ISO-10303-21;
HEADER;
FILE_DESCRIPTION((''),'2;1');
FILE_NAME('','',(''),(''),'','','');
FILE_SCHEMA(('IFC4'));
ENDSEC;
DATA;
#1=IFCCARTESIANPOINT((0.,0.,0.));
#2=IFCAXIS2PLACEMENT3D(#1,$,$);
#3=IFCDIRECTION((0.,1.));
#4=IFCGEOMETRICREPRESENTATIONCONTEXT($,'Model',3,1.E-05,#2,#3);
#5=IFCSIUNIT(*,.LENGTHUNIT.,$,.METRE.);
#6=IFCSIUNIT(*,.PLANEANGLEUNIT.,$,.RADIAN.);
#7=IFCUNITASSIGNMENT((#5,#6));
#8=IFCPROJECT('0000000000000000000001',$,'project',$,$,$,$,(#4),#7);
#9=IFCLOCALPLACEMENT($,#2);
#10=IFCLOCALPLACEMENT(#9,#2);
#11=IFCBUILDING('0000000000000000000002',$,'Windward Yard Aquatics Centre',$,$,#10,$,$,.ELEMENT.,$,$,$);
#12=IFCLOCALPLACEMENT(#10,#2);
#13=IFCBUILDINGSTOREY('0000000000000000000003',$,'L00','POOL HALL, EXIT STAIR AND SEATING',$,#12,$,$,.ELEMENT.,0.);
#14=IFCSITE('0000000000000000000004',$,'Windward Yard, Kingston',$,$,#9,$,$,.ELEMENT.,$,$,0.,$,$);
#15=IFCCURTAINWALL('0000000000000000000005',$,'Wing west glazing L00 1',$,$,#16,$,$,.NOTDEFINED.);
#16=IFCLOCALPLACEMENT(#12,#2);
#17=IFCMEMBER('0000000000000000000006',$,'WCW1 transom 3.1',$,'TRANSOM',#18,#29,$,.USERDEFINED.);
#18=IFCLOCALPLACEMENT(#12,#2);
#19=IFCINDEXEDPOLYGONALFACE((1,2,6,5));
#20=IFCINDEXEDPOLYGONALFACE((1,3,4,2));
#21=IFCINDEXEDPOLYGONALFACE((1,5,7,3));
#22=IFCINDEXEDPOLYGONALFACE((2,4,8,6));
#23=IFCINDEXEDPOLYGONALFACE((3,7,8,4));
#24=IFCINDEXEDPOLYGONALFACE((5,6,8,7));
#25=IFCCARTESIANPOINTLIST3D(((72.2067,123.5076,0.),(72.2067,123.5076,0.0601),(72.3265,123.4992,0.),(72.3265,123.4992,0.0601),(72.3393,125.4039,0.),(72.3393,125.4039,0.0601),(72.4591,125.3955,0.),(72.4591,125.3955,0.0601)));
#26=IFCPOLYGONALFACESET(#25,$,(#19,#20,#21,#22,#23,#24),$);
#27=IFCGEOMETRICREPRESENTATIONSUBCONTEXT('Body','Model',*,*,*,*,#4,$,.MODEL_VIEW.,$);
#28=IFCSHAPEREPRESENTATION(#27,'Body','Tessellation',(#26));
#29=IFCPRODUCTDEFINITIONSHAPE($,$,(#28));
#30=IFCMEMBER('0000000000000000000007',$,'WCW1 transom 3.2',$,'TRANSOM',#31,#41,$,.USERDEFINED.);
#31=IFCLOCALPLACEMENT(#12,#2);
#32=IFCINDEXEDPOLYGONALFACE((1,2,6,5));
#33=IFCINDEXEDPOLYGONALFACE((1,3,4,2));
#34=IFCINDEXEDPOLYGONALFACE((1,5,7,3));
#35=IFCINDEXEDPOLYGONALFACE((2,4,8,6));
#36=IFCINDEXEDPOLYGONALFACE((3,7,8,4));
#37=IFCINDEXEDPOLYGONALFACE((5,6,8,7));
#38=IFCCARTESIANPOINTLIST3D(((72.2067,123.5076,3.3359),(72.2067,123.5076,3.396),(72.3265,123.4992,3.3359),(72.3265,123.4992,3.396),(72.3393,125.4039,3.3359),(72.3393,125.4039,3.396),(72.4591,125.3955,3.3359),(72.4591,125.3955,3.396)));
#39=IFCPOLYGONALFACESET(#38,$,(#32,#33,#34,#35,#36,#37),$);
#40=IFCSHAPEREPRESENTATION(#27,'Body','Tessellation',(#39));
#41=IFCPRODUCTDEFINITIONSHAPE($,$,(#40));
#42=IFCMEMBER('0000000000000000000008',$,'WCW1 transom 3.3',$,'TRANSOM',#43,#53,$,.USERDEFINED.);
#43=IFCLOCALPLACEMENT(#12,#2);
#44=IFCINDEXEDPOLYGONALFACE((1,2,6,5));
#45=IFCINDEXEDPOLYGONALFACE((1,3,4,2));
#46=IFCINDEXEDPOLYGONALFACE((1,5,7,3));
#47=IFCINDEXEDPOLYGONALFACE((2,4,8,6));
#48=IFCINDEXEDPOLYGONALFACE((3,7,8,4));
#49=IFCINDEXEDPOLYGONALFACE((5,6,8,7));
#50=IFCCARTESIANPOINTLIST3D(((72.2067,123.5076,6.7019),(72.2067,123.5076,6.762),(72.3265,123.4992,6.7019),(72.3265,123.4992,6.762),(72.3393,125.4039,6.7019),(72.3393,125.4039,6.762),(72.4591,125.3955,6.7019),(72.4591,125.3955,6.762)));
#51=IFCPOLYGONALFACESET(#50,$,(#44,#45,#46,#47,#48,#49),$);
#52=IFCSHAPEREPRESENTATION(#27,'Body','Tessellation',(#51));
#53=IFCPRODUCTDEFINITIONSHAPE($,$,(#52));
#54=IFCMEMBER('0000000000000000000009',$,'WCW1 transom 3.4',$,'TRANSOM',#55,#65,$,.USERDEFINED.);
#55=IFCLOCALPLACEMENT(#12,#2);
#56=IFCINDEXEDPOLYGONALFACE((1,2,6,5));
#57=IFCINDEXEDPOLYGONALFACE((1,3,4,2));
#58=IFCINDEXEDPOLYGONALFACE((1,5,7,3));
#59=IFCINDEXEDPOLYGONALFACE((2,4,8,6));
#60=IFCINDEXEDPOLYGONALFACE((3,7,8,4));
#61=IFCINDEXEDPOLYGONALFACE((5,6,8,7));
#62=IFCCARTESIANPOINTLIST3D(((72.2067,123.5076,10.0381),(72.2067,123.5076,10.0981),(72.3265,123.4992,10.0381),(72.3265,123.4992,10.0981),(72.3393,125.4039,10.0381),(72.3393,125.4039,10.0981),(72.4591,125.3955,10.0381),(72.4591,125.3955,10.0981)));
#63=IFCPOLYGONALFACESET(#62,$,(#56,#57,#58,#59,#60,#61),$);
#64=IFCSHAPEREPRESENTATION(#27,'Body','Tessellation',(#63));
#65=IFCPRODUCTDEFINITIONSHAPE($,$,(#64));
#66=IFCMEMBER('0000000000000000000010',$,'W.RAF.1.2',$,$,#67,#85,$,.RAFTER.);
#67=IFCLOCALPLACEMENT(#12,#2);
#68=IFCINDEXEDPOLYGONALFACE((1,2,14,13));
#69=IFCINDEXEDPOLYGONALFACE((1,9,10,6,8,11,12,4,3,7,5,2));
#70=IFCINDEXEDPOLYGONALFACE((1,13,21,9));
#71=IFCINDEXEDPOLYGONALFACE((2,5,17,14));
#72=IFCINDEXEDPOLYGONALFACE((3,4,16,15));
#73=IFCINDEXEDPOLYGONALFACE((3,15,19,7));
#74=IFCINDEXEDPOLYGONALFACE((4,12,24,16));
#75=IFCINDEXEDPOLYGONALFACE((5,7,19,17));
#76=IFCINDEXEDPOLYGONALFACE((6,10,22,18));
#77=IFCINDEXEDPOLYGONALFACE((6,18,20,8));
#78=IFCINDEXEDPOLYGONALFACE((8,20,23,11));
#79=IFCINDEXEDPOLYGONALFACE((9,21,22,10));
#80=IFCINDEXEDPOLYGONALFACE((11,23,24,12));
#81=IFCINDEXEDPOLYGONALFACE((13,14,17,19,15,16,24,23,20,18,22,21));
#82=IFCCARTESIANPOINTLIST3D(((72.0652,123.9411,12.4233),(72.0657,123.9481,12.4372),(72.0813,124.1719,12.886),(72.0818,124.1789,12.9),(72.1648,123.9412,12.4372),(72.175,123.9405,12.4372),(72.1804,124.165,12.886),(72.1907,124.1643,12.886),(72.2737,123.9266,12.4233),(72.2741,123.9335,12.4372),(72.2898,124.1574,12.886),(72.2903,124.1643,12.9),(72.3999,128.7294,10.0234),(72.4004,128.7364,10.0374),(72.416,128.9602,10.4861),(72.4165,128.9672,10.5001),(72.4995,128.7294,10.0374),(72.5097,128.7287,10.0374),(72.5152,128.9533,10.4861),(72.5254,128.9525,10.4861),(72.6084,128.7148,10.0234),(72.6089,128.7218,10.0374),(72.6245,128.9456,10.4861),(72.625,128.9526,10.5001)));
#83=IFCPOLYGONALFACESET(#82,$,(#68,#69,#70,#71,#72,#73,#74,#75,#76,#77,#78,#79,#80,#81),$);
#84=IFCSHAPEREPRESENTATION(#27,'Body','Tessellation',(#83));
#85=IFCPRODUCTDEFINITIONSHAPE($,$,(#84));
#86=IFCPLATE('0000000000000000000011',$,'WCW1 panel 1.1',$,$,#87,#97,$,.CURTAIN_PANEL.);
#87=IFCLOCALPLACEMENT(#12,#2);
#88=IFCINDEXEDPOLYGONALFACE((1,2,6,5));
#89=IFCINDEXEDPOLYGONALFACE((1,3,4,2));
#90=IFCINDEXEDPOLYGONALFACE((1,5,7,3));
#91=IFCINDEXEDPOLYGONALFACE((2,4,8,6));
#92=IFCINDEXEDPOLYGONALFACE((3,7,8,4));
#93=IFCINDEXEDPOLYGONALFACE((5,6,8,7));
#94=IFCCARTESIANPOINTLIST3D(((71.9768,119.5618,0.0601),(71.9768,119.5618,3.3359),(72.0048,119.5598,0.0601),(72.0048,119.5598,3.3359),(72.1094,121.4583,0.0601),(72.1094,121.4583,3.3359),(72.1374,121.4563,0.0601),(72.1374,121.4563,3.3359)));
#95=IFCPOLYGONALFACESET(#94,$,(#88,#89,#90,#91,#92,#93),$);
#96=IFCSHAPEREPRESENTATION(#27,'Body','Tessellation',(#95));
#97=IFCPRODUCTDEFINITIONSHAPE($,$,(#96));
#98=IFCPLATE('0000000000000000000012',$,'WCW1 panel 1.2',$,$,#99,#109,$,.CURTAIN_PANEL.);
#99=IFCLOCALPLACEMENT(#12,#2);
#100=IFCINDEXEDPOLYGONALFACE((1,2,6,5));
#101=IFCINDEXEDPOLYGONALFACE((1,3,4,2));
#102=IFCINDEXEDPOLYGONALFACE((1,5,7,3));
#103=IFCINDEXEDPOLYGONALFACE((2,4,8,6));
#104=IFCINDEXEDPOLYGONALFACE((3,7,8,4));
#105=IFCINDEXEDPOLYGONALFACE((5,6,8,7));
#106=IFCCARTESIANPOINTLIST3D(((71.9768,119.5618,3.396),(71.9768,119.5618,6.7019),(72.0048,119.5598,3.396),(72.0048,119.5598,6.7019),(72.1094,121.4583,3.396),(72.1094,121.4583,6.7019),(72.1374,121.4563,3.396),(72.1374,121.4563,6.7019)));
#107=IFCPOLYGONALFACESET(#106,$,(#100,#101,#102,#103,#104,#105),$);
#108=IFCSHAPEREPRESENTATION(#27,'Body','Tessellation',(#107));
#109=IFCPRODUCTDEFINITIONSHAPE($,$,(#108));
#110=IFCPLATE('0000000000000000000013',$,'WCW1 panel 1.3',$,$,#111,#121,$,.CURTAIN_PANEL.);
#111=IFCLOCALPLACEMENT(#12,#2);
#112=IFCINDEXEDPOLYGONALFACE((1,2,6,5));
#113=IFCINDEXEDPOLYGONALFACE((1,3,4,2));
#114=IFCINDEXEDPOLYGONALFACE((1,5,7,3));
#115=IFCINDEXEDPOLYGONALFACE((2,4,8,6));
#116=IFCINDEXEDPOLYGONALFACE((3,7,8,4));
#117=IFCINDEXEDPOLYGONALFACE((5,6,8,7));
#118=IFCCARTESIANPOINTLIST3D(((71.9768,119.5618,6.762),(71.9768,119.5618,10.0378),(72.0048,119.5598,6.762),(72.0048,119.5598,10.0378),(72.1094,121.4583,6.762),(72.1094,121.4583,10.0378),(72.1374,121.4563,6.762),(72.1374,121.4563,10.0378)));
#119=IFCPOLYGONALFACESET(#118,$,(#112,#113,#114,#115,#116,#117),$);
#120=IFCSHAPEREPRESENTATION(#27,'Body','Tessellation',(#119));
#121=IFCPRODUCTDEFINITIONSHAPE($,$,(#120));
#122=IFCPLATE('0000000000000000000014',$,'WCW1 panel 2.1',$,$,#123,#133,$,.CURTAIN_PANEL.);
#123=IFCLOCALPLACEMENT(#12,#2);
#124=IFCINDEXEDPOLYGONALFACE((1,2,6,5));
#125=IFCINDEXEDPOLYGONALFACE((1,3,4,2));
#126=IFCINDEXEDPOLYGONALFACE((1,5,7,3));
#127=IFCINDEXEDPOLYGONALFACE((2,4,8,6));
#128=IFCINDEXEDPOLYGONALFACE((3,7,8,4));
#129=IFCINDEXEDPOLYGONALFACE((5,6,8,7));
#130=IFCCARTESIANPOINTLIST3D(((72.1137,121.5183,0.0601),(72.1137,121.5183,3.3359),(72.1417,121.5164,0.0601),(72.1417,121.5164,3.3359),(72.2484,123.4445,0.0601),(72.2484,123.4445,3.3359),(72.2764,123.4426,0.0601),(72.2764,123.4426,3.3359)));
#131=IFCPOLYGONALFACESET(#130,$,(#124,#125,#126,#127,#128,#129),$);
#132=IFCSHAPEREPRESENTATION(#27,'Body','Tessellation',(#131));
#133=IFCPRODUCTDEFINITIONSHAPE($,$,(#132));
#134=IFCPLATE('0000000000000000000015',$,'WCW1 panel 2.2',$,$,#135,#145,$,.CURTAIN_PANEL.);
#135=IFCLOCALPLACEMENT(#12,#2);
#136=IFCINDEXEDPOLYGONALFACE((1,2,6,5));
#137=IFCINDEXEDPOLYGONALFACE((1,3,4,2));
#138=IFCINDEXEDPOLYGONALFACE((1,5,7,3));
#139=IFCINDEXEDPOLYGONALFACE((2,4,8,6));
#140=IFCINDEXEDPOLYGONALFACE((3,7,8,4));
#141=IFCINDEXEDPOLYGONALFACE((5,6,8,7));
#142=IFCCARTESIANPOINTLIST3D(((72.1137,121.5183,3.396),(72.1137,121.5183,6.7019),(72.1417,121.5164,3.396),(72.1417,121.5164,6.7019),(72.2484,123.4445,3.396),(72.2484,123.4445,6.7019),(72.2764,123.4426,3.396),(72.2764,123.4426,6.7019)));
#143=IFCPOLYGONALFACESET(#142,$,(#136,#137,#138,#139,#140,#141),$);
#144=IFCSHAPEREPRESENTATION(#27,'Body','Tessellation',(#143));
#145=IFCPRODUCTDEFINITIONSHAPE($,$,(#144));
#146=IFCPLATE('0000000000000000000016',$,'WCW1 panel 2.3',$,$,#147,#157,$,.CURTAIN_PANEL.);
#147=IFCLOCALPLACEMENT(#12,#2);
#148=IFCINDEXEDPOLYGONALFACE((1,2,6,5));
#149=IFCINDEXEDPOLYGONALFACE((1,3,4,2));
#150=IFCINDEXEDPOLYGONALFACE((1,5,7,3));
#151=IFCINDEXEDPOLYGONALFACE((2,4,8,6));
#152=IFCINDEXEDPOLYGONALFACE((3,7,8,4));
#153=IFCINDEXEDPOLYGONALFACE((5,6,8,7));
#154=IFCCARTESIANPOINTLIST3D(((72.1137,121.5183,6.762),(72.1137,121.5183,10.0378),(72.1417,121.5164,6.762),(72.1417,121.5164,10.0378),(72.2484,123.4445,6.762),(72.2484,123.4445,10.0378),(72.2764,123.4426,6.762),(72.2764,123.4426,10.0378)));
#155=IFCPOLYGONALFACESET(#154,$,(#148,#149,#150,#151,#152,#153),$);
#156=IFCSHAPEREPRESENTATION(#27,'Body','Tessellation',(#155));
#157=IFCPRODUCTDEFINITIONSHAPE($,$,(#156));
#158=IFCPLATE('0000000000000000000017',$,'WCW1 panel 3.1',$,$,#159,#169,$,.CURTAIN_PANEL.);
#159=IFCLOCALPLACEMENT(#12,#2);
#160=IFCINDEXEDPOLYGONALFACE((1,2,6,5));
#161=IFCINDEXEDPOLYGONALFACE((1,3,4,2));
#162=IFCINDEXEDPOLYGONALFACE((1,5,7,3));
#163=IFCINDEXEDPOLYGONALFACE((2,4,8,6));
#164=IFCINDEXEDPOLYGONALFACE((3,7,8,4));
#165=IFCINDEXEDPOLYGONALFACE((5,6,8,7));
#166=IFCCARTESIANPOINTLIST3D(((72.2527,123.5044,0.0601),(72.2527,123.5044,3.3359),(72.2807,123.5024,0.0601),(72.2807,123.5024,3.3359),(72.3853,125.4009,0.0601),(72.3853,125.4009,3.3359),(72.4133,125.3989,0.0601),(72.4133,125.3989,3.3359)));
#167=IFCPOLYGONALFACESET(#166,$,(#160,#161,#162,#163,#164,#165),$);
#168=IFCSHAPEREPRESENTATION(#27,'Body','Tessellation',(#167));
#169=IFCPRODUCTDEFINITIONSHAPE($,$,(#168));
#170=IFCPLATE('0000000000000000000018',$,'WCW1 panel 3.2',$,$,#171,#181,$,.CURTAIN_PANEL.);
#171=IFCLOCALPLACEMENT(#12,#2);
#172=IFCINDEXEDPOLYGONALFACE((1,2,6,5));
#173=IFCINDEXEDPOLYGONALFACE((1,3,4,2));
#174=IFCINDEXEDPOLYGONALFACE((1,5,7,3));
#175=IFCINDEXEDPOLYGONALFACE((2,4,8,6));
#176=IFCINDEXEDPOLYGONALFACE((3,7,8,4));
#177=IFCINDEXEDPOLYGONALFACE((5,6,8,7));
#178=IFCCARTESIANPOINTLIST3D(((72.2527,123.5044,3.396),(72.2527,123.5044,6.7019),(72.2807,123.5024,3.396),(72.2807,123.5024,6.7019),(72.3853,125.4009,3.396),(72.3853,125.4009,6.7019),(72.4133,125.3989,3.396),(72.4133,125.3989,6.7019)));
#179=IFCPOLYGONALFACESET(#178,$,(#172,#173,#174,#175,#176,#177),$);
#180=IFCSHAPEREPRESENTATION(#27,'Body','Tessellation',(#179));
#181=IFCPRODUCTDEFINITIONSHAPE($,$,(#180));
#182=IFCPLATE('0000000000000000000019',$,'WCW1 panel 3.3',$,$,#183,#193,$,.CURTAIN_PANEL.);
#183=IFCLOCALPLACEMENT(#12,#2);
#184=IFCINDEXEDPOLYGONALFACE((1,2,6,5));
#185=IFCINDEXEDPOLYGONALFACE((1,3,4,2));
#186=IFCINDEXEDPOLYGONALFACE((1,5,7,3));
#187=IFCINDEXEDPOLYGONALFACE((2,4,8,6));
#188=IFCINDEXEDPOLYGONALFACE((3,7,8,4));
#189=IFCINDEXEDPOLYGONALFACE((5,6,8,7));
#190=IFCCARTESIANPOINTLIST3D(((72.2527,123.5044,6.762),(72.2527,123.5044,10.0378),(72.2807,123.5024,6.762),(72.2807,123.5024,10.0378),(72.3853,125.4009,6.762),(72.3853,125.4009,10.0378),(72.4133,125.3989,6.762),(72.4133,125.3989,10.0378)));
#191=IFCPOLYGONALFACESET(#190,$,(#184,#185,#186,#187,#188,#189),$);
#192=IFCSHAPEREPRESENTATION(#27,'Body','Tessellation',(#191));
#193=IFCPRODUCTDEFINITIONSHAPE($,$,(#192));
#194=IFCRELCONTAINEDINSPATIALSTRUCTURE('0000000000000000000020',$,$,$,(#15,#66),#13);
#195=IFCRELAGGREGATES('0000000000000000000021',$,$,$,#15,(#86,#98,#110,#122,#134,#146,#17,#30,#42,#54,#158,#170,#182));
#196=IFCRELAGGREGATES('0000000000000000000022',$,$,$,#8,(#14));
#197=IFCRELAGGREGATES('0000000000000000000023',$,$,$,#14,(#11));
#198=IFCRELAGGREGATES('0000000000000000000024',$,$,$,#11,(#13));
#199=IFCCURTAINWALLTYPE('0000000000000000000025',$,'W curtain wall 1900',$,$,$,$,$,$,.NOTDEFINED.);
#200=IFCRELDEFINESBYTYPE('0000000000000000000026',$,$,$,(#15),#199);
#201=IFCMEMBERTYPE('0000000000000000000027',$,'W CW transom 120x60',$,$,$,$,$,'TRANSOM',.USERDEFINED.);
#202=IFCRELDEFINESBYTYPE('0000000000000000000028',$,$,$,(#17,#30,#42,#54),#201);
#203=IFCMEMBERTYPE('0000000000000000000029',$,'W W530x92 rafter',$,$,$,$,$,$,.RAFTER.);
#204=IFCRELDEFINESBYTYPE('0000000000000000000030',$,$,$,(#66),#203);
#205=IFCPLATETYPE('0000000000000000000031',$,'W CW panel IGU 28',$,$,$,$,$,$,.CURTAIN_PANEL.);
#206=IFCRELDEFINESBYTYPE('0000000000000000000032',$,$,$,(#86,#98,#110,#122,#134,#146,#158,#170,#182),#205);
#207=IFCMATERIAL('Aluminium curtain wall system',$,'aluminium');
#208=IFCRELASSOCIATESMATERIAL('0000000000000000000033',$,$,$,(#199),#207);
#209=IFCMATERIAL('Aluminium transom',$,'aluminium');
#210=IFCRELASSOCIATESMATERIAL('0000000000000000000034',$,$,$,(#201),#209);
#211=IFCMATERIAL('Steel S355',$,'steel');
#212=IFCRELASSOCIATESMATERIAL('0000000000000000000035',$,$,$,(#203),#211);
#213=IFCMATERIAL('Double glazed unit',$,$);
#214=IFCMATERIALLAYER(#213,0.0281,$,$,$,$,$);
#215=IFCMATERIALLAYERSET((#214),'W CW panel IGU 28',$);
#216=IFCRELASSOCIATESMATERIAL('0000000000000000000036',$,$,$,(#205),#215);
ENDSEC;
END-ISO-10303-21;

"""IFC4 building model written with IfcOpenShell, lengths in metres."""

from ifc_helpers import new_model, si_unit, direction, frame, origin, origin_2d, place, context, subcontext, project, spatial, rectangle, i_section, extrude, material, layer, layer_set, material_profile, profile_set, type_object, element, aggregate, save


model = new_model("IFC4")

# Units and contexts
model_context = context("Model", 3, precision=1e-05, world=origin(), true_north=direction((0.0, 1.0)))
body_context = subcontext(model_context, "Body", "Model", "MODEL_VIEW")
ifc_project = project(units=[si_unit("LENGTHUNIT", "METRE"), si_unit("PLANEANGLEUNIT", "RADIAN")], contexts=[model_context])

# Site, building, storey
site_placement = place(None, origin())
site = spatial("IfcSite", under=ifc_project, at=site_placement, Name="Windward Yard, Kingston", CompositionType="ELEMENT", RefElevation=0.0)
building_placement = place(site_placement, origin())
building = spatial("IfcBuilding", under=site, at=building_placement, Name="Windward Yard Aquatics Centre", CompositionType="ELEMENT")
storey_placement = place(building_placement, origin())
storey = spatial("IfcBuildingStorey", under=building, at=storey_placement, Name="L00", Description="POOL HALL, EXIT STAIR AND SEATING", CompositionType="ELEMENT", Elevation=0.0)

# Shared definitions
ifc_material_1 = material(Name="Steel S355", Category="steel")

# Curtain wall, members
ifc_material_2 = material(Name="Aluminium curtain wall system", Category="aluminium")
curtain_wall_type = type_object("IfcCurtainWallType", Name="W curtain wall 1900", PredefinedType="NOTDEFINED", material=ifc_material_2)
curtain_wall_placement = place(storey_placement, origin())
curtain_wall = element("IfcCurtainWall", 1, at=curtain_wall_placement, inside=storey, type_object=curtain_wall_type, Name="Wing west glazing L00 1", PredefinedType="NOTDEFINED")
ifc_material_3 = material(Name="Aluminium transom", Category="aluminium")
ifc_material_profile_1 = material_profile(ifc_material_3, rectangle(XDim=0.1201, YDim=0.0601, at=origin_2d()), Name="AL 120x60")
ifc_profile_set_1 = profile_set([ifc_material_profile_1], Name="Aluminium transom")
member_type_1 = type_object("IfcMemberType", Name="W CW transom 120x60", ElementType="TRANSOM", PredefinedType="USERDEFINED", material=ifc_profile_set_1)
member_1_placement = place(storey_placement, frame((72.2666, 123.5034, 0.03), z_axis=(0.069741, 0.997565, 0.0), x_axis=(-0.997565, 0.069741, 0.0)))
member_1 = element("IfcMember", 2, at=member_1_placement, type_object=member_type_1, Name="WCW1 transom 3.1", ObjectType="TRANSOM", PredefinedType="USERDEFINED", context=body_context, shape_type="SweptSolid", body=[
    extrude(rectangle(XDim=0.1201, YDim=0.0601, at=origin_2d()), origin(), (0.0, 0.0, 1.0), 1.9009),
])
member_2_placement = place(storey_placement, frame((72.2666, 123.5034, 3.366), z_axis=(0.069741, 0.997565, 0.0), x_axis=(-0.997565, 0.069741, 0.0)))
member_2 = element("IfcMember", 3, at=member_2_placement, type_object=member_type_1, Name="WCW1 transom 3.2", ObjectType="TRANSOM", PredefinedType="USERDEFINED", context=body_context, shape_type="SweptSolid", body=[
    extrude(rectangle(XDim=0.1201, YDim=0.0601, at=origin_2d()), origin(), (0.0, 0.0, 1.0), 1.9009),
])
member_3_placement = place(storey_placement, frame((72.2666, 123.5034, 6.7319), z_axis=(0.069741, 0.997565, 0.0), x_axis=(-0.997565, 0.069741, 0.0)))
member_3 = element("IfcMember", 4, at=member_3_placement, type_object=member_type_1, Name="WCW1 transom 3.3", ObjectType="TRANSOM", PredefinedType="USERDEFINED", context=body_context, shape_type="SweptSolid", body=[
    extrude(rectangle(XDim=0.1201, YDim=0.0601, at=origin_2d()), origin(), (0.0, 0.0, 1.0), 1.9009),
])
member_4_placement = place(storey_placement, frame((72.2666, 123.5034, 10.0681), z_axis=(0.069741, 0.997565, 0.0), x_axis=(-0.997565, 0.069741, 0.0)))
member_4 = element("IfcMember", 5, at=member_4_placement, type_object=member_type_1, Name="WCW1 transom 3.4", ObjectType="TRANSOM", PredefinedType="USERDEFINED", context=body_context, shape_type="SweptSolid", body=[
    extrude(rectangle(XDim=0.1201, YDim=0.0601, at=origin_2d()), origin(), (0.0, 0.0, 1.0), 1.9009),
])

# Member
ifc_material_profile_2 = material_profile(ifc_material_1, i_section(OverallWidth=0.209, OverallDepth=0.533, WebThickness=0.0103, FlangeThickness=0.0156, at=origin_2d()), Name="W530x92")
ifc_profile_set_2 = profile_set([ifc_material_profile_2], Name="Steel S355")
member_type_2 = type_object("IfcMemberType", Name="W W530x92 rafter", PredefinedType="RAFTER", material=ifc_profile_set_2)
member_5_placement = place(storey_placement, frame((72.1777, 124.0527, 12.6616), z_axis=(0.062371, 0.892258, -0.447198), x_axis=(-0.997566, 0.069732, 0.0)))
element("IfcMember", 6, at=member_5_placement, inside=storey, type_object=member_type_2, Name="W.RAF.1.2", PredefinedType="RAFTER", context=body_context, shape_type="SweptSolid", body=[
    extrude(i_section(OverallWidth=0.209, OverallDepth=0.533, WebThickness=0.0103, FlangeThickness=0.0156, at=origin_2d()), origin(), (0.0, 0.0, 1.0), 5.3665),
])

# Plates
ifc_material_4 = material(Name="Double glazed unit")
ifc_layer_1 = layer(ifc_material_4, 0.0281)
ifc_layer_set_1 = layer_set([ifc_layer_1], Name="W CW panel IGU 28")
plate_type_1 = type_object("IfcPlateType", Name="W CW panel IGU 28", PredefinedType="CURTAIN_PANEL", material=ifc_layer_set_1)
plate_1_placement = place(storey_placement, frame((72.0571, 120.509, 0.0601), z_axis=(0.0, 0.0, 1.0), x_axis=(0.069763, 0.997564, 0.0)))
plate_1 = element("IfcPlate", 7, at=plate_1_placement, type_object=plate_type_1, Name="WCW1 panel 1.1", PredefinedType="CURTAIN_PANEL", context=body_context, shape_type="SweptSolid", body=[
    extrude(rectangle(XDim=1.9011, YDim=0.0281, at=origin_2d()), origin(), (0.0, 0.0, 1.0), 3.2759),
])
plate_2_placement = place(storey_placement, frame((72.0571, 120.509, 3.396), z_axis=(0.0, 0.0, 1.0), x_axis=(0.069763, 0.997564, 0.0)))
plate_2 = element("IfcPlate", 8, at=plate_2_placement, type_object=plate_type_1, Name="WCW1 panel 1.2", PredefinedType="CURTAIN_PANEL", context=body_context, shape_type="SweptSolid", body=[
    extrude(rectangle(XDim=1.9011, YDim=0.0281, at=origin_2d()), origin(), (0.0, 0.0, 1.0), 3.3059),
])
plate_3_placement = place(storey_placement, frame((72.0571, 120.509, 6.762), z_axis=(0.0, 0.0, 1.0), x_axis=(0.069763, 0.997564, 0.0)))
plate_3 = element("IfcPlate", 9, at=plate_3_placement, type_object=plate_type_1, Name="WCW1 panel 1.3", PredefinedType="CURTAIN_PANEL", context=body_context, shape_type="SweptSolid", body=[
    extrude(rectangle(XDim=1.9011, YDim=0.0281, at=origin_2d()), origin(), (0.0, 0.0, 1.0), 3.2759),
])
plate_4_placement = place(storey_placement, frame((72.1951, 122.4805, 0.0601), z_axis=(0.0, 0.0, 1.0), x_axis=(0.069763, 0.997564, 0.0)))
plate_4 = element("IfcPlate", 10, at=plate_4_placement, type_object=plate_type_1, Name="WCW1 panel 2.1", PredefinedType="CURTAIN_PANEL", context=body_context, shape_type="SweptSolid", body=[
    extrude(rectangle(XDim=1.9309, YDim=0.0281, at=origin_2d()), origin(), (0.0, 0.0, 1.0), 3.2759),
])
plate_5_placement = place(storey_placement, frame((72.1951, 122.4805, 3.396), z_axis=(0.0, 0.0, 1.0), x_axis=(0.069763, 0.997564, 0.0)))
plate_5 = element("IfcPlate", 11, at=plate_5_placement, type_object=plate_type_1, Name="WCW1 panel 2.2", PredefinedType="CURTAIN_PANEL", context=body_context, shape_type="SweptSolid", body=[
    extrude(rectangle(XDim=1.9309, YDim=0.0281, at=origin_2d()), origin(), (0.0, 0.0, 1.0), 3.3059),
])
plate_6_placement = place(storey_placement, frame((72.1951, 122.4805, 6.762), z_axis=(0.0, 0.0, 1.0), x_axis=(0.069763, 0.997564, 0.0)))
plate_6 = element("IfcPlate", 12, at=plate_6_placement, type_object=plate_type_1, Name="WCW1 panel 2.3", PredefinedType="CURTAIN_PANEL", context=body_context, shape_type="SweptSolid", body=[
    extrude(rectangle(XDim=1.9309, YDim=0.0281, at=origin_2d()), origin(), (0.0, 0.0, 1.0), 3.2759),
])
plate_7_placement = place(storey_placement, frame((72.333, 124.4517, 0.0601), z_axis=(0.0, 0.0, 1.0), x_axis=(0.069763, 0.997564, 0.0)))
plate_7 = element("IfcPlate", 13, at=plate_7_placement, type_object=plate_type_1, Name="WCW1 panel 3.1", PredefinedType="CURTAIN_PANEL", context=body_context, shape_type="SweptSolid", body=[
    extrude(rectangle(XDim=1.9011, YDim=0.0281, at=origin_2d()), origin(), (0.0, 0.0, 1.0), 3.2759),
])
plate_8_placement = place(storey_placement, frame((72.333, 124.4517, 3.396), z_axis=(0.0, 0.0, 1.0), x_axis=(0.069763, 0.997564, 0.0)))
plate_8 = element("IfcPlate", 14, at=plate_8_placement, type_object=plate_type_1, Name="WCW1 panel 3.2", PredefinedType="CURTAIN_PANEL", context=body_context, shape_type="SweptSolid", body=[
    extrude(rectangle(XDim=1.9011, YDim=0.0281, at=origin_2d()), origin(), (0.0, 0.0, 1.0), 3.3059),
])
plate_9_placement = place(storey_placement, frame((72.333, 124.4517, 6.762), z_axis=(0.0, 0.0, 1.0), x_axis=(0.069763, 0.997564, 0.0)))
plate_9 = element("IfcPlate", 15, at=plate_9_placement, type_object=plate_type_1, Name="WCW1 panel 3.3", PredefinedType="CURTAIN_PANEL", context=body_context, shape_type="SweptSolid", body=[
    extrude(rectangle(XDim=1.9011, YDim=0.0281, at=origin_2d()), origin(), (0.0, 0.0, 1.0), 3.2759),
])
aggregate(curtain_wall, [plate_1, plate_2, plate_3, plate_4, plate_5, plate_6, member_1, member_2, member_3, member_4, plate_7, plate_8, plate_9])

save(model, "model.ifc")
